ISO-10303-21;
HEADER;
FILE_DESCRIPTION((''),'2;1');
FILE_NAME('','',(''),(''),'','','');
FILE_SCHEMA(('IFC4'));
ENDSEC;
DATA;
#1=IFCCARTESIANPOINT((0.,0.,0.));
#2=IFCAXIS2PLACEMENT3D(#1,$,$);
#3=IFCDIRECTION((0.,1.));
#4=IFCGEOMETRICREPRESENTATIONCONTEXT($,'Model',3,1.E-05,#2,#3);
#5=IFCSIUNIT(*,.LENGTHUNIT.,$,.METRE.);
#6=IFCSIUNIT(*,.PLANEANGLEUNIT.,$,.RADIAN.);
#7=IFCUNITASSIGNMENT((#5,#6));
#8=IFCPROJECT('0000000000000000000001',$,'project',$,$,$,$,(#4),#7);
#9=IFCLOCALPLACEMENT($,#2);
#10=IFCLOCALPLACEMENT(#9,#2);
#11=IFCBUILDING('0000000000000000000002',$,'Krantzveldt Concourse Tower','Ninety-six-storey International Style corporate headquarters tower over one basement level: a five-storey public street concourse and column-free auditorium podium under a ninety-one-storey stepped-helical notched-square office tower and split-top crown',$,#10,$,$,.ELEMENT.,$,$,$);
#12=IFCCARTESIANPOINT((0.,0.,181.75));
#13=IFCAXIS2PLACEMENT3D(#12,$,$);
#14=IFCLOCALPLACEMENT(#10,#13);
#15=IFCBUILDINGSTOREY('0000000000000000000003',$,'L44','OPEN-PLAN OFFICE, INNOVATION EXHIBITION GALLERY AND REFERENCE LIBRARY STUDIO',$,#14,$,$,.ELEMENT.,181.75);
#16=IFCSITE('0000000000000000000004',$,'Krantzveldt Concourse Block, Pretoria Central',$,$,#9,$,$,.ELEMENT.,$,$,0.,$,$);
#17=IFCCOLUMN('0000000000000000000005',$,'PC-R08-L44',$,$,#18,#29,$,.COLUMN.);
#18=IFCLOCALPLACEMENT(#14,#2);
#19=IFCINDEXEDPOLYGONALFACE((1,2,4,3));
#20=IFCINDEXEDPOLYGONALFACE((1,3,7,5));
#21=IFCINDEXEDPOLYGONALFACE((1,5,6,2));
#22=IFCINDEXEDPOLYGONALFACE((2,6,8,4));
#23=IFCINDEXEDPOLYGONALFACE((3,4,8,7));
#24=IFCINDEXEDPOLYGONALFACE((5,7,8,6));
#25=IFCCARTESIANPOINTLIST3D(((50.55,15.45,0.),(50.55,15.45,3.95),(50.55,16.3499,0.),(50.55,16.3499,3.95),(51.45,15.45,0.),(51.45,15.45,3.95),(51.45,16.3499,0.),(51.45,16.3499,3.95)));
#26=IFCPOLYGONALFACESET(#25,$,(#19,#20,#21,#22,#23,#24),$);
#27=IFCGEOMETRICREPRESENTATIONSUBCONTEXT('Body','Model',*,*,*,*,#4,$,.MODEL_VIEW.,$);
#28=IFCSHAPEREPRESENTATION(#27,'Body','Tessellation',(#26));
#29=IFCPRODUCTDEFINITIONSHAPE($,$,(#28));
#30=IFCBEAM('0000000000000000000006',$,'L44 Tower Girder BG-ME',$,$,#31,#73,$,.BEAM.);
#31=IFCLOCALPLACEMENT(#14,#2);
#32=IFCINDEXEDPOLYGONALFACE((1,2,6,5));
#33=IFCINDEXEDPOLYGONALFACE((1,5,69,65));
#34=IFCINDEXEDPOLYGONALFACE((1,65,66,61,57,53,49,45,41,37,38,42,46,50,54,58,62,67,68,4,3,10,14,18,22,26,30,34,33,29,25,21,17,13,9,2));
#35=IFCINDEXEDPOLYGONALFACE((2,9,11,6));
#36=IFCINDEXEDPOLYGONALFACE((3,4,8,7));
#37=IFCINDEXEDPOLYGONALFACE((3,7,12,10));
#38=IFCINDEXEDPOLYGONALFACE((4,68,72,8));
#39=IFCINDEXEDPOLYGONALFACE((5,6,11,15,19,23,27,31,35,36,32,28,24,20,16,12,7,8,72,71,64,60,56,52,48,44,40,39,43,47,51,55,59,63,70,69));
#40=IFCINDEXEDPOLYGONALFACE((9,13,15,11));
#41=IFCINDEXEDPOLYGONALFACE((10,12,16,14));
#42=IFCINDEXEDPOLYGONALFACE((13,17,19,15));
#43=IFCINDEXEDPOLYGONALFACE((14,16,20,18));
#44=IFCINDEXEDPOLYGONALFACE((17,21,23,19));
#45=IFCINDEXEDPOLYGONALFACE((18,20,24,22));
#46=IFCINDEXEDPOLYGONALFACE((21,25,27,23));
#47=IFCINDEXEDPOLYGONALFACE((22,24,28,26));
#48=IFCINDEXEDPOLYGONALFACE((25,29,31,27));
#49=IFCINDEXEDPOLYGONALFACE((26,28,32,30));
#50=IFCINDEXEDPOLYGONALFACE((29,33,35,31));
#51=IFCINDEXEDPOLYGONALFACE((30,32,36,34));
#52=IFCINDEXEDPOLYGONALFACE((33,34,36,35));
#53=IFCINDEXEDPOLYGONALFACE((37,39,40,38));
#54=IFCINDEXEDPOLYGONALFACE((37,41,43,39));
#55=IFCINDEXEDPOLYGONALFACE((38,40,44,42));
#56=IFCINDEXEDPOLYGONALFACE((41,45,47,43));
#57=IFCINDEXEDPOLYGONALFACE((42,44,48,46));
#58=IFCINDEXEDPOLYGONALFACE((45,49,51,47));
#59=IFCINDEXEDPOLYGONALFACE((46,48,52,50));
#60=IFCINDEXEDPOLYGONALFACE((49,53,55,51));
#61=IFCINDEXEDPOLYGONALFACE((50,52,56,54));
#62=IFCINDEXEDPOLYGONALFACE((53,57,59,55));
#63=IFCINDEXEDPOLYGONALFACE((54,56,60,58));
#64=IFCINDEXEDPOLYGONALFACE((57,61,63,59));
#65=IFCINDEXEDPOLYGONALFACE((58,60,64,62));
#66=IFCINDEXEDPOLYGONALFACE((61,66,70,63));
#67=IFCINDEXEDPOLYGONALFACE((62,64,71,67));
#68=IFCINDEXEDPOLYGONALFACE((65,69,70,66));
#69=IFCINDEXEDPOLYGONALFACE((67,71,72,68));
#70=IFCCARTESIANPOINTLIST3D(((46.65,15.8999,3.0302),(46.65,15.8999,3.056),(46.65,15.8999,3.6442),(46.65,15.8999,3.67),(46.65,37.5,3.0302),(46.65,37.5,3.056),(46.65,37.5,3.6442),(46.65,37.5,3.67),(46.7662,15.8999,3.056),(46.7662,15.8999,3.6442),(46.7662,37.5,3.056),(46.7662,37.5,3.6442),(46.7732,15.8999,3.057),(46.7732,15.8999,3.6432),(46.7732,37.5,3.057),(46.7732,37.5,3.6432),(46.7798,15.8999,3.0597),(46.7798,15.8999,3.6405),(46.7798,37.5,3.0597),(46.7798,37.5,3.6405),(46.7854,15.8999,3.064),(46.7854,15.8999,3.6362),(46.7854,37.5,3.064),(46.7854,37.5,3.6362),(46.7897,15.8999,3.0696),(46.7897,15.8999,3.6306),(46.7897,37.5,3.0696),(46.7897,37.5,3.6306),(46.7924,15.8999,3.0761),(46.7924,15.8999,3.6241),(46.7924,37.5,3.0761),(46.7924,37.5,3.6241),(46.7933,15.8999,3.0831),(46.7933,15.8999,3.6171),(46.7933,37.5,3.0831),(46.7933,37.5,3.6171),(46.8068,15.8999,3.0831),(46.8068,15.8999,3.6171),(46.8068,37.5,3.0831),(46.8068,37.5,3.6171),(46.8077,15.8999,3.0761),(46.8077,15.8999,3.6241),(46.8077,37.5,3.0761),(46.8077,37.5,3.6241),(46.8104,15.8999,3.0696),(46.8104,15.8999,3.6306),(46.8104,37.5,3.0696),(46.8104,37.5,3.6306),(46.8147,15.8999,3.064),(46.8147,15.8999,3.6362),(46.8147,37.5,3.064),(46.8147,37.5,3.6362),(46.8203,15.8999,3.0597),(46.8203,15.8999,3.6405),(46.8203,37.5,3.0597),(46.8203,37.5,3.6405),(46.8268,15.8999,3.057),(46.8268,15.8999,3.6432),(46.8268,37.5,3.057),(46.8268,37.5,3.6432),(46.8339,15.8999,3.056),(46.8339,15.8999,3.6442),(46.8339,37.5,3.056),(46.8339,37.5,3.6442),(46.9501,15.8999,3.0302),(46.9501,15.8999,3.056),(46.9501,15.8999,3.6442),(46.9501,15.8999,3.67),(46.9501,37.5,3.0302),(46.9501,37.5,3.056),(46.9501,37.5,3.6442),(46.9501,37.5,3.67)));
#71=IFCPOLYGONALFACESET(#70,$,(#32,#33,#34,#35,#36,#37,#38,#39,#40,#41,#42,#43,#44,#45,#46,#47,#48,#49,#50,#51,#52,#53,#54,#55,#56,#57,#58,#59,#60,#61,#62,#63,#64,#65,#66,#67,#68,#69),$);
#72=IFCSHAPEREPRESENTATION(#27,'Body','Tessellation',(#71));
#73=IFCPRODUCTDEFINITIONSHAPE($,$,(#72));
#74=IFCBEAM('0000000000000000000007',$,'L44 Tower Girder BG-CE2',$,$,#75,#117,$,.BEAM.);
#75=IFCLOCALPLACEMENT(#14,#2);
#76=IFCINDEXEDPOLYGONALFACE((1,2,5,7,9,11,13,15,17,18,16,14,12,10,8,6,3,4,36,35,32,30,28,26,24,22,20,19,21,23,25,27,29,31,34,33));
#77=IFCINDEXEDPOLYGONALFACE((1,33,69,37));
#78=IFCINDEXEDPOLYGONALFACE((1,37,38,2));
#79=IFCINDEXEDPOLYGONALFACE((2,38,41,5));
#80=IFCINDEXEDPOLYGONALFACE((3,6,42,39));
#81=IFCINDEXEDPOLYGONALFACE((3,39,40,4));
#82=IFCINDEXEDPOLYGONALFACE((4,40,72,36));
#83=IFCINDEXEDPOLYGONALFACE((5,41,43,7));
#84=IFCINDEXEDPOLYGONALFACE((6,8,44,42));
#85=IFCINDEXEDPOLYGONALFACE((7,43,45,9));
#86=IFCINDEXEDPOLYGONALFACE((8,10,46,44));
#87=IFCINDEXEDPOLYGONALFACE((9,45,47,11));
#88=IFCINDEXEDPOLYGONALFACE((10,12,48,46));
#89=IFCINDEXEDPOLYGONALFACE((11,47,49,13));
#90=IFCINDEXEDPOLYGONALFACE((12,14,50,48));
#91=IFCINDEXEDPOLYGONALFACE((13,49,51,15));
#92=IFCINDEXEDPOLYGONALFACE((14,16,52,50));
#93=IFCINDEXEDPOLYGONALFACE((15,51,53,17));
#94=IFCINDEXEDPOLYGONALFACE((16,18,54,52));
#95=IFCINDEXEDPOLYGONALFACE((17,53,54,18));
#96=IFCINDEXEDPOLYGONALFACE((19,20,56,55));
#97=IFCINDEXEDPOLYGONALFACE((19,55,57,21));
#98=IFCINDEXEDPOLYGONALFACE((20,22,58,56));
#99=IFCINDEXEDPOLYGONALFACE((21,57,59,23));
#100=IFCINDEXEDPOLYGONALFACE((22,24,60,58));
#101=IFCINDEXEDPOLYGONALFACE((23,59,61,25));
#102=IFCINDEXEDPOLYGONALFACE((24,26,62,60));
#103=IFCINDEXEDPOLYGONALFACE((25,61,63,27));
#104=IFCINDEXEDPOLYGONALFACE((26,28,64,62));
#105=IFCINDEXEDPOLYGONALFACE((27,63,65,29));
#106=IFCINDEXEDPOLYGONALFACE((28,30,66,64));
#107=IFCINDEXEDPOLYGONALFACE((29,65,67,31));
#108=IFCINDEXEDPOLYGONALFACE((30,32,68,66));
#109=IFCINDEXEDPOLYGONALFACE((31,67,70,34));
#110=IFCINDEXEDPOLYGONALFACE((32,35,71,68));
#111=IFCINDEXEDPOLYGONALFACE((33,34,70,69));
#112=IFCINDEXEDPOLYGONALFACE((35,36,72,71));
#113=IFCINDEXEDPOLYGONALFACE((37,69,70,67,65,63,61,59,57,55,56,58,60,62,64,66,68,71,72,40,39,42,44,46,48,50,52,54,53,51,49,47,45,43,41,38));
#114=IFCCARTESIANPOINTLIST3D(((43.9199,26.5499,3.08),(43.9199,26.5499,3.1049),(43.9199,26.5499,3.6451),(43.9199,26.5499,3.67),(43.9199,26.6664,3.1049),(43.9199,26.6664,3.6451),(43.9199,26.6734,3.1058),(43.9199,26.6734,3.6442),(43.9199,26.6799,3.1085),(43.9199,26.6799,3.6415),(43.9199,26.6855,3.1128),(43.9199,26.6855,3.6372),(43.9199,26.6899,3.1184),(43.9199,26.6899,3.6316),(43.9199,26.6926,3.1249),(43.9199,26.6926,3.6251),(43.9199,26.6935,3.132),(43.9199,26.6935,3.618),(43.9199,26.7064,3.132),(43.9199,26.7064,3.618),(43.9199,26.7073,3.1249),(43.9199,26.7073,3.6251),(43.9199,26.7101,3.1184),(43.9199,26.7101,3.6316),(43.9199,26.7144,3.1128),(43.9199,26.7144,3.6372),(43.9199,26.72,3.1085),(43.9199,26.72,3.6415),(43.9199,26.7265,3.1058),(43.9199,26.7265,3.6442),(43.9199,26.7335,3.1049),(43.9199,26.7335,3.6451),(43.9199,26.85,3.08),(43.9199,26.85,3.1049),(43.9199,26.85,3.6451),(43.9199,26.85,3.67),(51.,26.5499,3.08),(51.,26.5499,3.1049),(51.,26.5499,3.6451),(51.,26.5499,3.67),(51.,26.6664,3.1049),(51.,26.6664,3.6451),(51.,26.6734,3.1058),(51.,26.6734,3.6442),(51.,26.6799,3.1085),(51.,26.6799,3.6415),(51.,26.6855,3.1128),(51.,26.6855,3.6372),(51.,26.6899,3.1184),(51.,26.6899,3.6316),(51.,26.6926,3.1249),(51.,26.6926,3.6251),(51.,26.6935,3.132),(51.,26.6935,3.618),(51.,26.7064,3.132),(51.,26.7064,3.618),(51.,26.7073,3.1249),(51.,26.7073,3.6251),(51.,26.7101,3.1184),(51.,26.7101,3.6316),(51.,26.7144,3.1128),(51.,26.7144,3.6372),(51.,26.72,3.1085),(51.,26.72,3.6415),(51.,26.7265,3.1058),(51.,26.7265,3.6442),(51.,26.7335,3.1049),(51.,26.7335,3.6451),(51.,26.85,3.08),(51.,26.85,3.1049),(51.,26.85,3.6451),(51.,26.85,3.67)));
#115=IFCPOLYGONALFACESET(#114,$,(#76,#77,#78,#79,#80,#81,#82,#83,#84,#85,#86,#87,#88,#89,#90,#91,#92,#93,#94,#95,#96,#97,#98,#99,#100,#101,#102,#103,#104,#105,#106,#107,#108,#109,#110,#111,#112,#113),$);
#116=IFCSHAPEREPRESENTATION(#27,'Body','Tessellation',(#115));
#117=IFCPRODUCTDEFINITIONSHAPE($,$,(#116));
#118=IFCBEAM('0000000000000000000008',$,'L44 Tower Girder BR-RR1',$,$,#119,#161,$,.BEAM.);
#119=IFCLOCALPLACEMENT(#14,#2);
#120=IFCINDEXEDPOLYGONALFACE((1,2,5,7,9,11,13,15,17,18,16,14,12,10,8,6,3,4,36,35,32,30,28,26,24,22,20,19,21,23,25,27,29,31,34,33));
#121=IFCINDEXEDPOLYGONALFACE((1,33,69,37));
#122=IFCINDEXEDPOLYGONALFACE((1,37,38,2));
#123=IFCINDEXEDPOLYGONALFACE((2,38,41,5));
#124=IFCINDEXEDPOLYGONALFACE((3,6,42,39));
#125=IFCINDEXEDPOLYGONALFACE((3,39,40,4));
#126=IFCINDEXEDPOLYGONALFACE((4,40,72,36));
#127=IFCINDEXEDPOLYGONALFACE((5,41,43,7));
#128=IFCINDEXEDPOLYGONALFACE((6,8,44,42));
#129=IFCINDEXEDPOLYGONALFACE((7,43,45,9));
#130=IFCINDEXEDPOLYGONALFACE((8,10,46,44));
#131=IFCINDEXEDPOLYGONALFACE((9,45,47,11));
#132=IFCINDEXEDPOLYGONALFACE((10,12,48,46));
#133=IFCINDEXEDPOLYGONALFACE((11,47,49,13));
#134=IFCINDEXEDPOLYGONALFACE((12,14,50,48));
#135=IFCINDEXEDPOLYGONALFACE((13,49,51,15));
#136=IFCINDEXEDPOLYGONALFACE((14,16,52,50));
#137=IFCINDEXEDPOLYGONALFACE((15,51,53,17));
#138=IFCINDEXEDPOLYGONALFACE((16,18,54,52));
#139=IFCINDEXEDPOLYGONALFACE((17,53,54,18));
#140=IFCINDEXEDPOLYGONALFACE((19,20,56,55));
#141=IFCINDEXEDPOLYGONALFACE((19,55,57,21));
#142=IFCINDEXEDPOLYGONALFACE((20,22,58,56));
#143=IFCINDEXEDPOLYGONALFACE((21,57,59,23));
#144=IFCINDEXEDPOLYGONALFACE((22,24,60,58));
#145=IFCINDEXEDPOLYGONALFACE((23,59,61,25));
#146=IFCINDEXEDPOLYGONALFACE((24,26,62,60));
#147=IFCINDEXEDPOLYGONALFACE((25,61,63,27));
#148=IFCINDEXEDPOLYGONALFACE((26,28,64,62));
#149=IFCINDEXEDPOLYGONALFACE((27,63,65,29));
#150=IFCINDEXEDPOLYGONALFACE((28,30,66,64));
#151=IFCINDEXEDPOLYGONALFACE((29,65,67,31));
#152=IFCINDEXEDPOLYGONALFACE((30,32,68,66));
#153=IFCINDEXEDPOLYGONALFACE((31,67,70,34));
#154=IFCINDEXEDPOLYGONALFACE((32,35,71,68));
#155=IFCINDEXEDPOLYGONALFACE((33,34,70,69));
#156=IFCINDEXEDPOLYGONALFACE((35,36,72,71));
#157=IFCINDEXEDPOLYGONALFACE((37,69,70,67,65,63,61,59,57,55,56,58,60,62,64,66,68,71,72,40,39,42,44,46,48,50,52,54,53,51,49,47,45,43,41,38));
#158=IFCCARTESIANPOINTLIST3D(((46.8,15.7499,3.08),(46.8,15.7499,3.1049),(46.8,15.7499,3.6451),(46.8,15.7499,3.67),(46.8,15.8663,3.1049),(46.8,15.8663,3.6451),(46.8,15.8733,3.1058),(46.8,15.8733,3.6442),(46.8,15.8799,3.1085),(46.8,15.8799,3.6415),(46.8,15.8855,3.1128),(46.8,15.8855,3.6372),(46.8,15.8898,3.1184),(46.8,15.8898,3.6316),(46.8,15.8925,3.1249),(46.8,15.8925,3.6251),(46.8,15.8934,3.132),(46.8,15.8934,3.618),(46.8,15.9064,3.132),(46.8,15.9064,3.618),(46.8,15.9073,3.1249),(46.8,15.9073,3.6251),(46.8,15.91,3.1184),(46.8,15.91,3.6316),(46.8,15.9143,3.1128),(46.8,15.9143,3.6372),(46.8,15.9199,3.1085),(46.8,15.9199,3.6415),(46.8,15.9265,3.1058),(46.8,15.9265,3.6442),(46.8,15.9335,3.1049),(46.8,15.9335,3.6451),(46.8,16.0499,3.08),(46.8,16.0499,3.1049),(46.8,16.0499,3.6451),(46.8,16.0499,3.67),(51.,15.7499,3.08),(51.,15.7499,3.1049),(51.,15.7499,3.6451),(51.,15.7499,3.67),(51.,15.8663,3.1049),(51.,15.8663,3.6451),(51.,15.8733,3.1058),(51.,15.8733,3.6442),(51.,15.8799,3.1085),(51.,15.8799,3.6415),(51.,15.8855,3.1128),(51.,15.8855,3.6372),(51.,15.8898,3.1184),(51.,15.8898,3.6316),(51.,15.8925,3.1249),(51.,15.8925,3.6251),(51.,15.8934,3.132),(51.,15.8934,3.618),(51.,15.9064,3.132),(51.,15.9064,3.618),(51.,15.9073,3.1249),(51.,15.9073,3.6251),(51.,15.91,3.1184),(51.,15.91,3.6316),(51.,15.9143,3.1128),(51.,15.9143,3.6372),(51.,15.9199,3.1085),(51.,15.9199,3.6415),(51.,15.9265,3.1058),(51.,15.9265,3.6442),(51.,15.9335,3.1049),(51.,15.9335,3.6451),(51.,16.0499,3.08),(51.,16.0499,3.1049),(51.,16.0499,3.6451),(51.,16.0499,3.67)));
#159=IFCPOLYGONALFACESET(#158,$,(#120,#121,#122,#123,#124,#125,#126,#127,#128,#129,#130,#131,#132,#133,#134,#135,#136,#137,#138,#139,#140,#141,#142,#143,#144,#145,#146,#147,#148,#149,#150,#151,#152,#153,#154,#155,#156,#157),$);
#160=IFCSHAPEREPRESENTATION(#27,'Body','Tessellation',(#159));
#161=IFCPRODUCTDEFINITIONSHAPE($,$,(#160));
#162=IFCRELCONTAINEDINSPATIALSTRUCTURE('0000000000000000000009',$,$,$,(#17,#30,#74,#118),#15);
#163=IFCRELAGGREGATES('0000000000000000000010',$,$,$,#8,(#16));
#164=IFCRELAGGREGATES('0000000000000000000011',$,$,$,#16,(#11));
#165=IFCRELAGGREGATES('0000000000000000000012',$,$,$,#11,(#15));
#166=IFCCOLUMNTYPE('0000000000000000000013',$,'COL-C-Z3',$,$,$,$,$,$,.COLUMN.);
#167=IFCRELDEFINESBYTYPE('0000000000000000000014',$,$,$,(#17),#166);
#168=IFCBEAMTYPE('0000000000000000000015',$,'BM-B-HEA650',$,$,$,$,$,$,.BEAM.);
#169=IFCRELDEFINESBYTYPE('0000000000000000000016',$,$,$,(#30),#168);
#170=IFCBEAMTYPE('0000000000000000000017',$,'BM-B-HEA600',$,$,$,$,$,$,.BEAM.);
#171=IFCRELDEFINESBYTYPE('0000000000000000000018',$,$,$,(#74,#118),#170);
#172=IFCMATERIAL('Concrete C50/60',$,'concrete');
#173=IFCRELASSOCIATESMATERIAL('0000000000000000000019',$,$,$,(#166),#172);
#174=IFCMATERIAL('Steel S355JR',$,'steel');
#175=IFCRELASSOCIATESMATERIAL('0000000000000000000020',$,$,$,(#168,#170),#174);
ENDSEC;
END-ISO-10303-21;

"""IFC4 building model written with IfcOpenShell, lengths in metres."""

from ifc_helpers import new_model, si_unit, direction, frame, origin, origin_2d, place, context, subcontext, project, spatial, rectangle, i_section, extrude, source, transform, mapped, material, material_profile, profile_set, type_object, type_shapes, element, save


model = new_model("IFC4")

# Units and contexts
model_context = context("Model", 3, precision=1e-05, world=origin(), true_north=direction((0.0, 1.0)))
body_context = subcontext(model_context, "Body", "Model", "MODEL_VIEW")
ifc_project = project(units=[si_unit("LENGTHUNIT", "METRE"), si_unit("PLANEANGLEUNIT", "RADIAN")], contexts=[model_context])

# Site, building, storey
site_placement = place(None, origin())
site = spatial("IfcSite", under=ifc_project, at=site_placement, Name="Krantzveldt Concourse Block, Pretoria Central", CompositionType="ELEMENT", RefElevation=0.0)
building_placement = place(site_placement, origin())
building = spatial("IfcBuilding", under=site, at=building_placement, Name="Krantzveldt Concourse Tower", Description="Ninety-six-storey International Style corporate headquarters tower over one basement level: a five-storey public street concourse and column-free auditorium podium under a ninety-one-storey stepped-helical notched-square office tower and split-top crown", CompositionType="ELEMENT")
storey_placement = place(building_placement, frame((0.0, 0.0, 181.75)))
storey = spatial("IfcBuildingStorey", under=building, at=storey_placement, Name="L44", Description="OPEN-PLAN OFFICE, INNOVATION EXHIBITION GALLERY AND REFERENCE LIBRARY STUDIO", CompositionType="ELEMENT", Elevation=181.75)

# Column
ifc_material_1 = material(Name="Concrete C50/60", Category="concrete")
ifc_material_profile_1 = material_profile(ifc_material_1, rectangle(XDim=0.8999, YDim=0.8999, at=origin_2d()), Name="Concrete C50/60", Category="concrete")
ifc_profile_set_1 = profile_set([ifc_material_profile_1], Name="Concrete C50/60 - RC 900x900")
column_type = type_object("IfcColumnType", Name="COL-C-Z3", PredefinedType="COLUMN", material=ifc_profile_set_1)
shared_shape_1 = source(origin(), body_context, "Body", "SweptSolid", [
    extrude(rectangle(XDim=0.8999, YDim=0.8999, at=origin_2d()), origin(), (0.0, 0.0, 1.0), 3.95),
])
type_shapes(column_type, [shared_shape_1])
column_placement = place(storey_placement, frame((51.0, 15.8999, 0.0), z_axis=(0.0, 0.0, 1.0), x_axis=(1.0, 0.0, 0.0)))
element("IfcColumn", 1, at=column_placement, inside=storey, type_object=column_type, Name="PC-R08-L44", PredefinedType="COLUMN", context=body_context, shape_type="MappedRepresentation", body=[
    mapped(shared_shape_1, transform((0.0, 0.0, 0.0), x_axis=(1.0, 0.0, 0.0), y_axis=(0.0, 1.0, 0.0), z_axis=(0.0, 0.0, 1.0), scale=1.0)),
])

# Beams
ifc_material_2 = material(Name="Steel S355JR", Category="steel")
ifc_material_profile_2 = material_profile(ifc_material_2, i_section(OverallWidth=0.3, OverallDepth=0.6399, WebThickness=0.0134, FlangeThickness=0.0259, FilletRadius=0.0271, at=origin_2d()), Name="Steel S355JR", Category="steel")
ifc_profile_set_2 = profile_set([ifc_material_profile_2], Name="Steel S355JR - HEA 650")
beam_type_1 = type_object("IfcBeamType", Name="BM-B-HEA650", PredefinedType="BEAM", material=ifc_profile_set_2)
shared_shape_2 = source(origin(), body_context, "Body", "SweptSolid", [
    extrude(i_section(OverallWidth=0.3, OverallDepth=0.6399, WebThickness=0.0134, FlangeThickness=0.0259, FilletRadius=0.0271, at=origin_2d()), origin(), (0.0, 0.0, 1.0), 21.6001),
])
type_shapes(beam_type_1, [shared_shape_2])
beam_1_placement = place(storey_placement, frame((46.8, 15.8999, 3.3501), z_axis=(0.0, 1.0, 0.0), x_axis=(-1.0, 0.0, 0.0)))
element("IfcBeam", 2, at=beam_1_placement, inside=storey, type_object=beam_type_1, Name="L44 Tower Girder BG-ME", PredefinedType="BEAM", context=body_context, shape_type="MappedRepresentation", body=[
    mapped(shared_shape_2, transform((0.0, 0.0, 0.0), x_axis=(1.0, 0.0, 0.0), y_axis=(0.0, 1.0, 0.0), z_axis=(0.0, 0.0, 1.0), scale=1.0)),
])
ifc_material_profile_3 = material_profile(ifc_material_2, i_section(OverallWidth=0.3, OverallDepth=0.5901, WebThickness=0.0129, FlangeThickness=0.0249, FilletRadius=0.0271, at=origin_2d()), Name="Steel S355JR", Category="steel")
ifc_profile_set_3 = profile_set([ifc_material_profile_3], Name="Steel S355JR - HEA 600")
beam_type_2 = type_object("IfcBeamType", Name="BM-B-HEA600", PredefinedType="BEAM", material=ifc_profile_set_3)
shared_shape_3 = source(origin(), body_context, "Body", "SweptSolid", [
    extrude(i_section(OverallWidth=0.3, OverallDepth=0.5901, WebThickness=0.0129, FlangeThickness=0.0249, FilletRadius=0.0271, at=origin_2d()), origin(), (0.0, 0.0, 1.0), 7.0801),
])
beam_2_placement = place(storey_placement, frame((43.9199, 26.7, 3.375), z_axis=(1.0, 0.0, 0.0), x_axis=(0.0, 1.0, 0.0)))
element("IfcBeam", 3, at=beam_2_placement, inside=storey, type_object=beam_type_2, Name="L44 Tower Girder BG-CE2", PredefinedType="BEAM", context=body_context, shape_type="MappedRepresentation", body=[
    mapped(shared_shape_3, transform((0.0, 0.0, 0.0), x_axis=(1.0, 0.0, 0.0), y_axis=(0.0, 1.0, 0.0), z_axis=(0.0, 0.0, 1.0), scale=1.0)),
])
shared_shape_4 = source(origin(), body_context, "Body", "SweptSolid", [
    extrude(i_section(OverallWidth=0.3, OverallDepth=0.5901, WebThickness=0.0129, FlangeThickness=0.0249, FilletRadius=0.0271, at=origin_2d()), origin(), (0.0, 0.0, 1.0), 4.2),
])
beam_3_placement = place(storey_placement, frame((46.8, 15.8999, 3.375), z_axis=(1.0, 0.0, 0.0), x_axis=(0.0, 1.0, 0.0)))
element("IfcBeam", 4, at=beam_3_placement, inside=storey, type_object=beam_type_2, Name="L44 Tower Girder BR-RR1", PredefinedType="BEAM", context=body_context, shape_type="MappedRepresentation", body=[
    mapped(shared_shape_4, transform((0.0, 0.0, 0.0), x_axis=(1.0, 0.0, 0.0), y_axis=(0.0, 1.0, 0.0), z_axis=(0.0, 0.0, 1.0), scale=1.0)),
])

save(model, "model.ifc")
